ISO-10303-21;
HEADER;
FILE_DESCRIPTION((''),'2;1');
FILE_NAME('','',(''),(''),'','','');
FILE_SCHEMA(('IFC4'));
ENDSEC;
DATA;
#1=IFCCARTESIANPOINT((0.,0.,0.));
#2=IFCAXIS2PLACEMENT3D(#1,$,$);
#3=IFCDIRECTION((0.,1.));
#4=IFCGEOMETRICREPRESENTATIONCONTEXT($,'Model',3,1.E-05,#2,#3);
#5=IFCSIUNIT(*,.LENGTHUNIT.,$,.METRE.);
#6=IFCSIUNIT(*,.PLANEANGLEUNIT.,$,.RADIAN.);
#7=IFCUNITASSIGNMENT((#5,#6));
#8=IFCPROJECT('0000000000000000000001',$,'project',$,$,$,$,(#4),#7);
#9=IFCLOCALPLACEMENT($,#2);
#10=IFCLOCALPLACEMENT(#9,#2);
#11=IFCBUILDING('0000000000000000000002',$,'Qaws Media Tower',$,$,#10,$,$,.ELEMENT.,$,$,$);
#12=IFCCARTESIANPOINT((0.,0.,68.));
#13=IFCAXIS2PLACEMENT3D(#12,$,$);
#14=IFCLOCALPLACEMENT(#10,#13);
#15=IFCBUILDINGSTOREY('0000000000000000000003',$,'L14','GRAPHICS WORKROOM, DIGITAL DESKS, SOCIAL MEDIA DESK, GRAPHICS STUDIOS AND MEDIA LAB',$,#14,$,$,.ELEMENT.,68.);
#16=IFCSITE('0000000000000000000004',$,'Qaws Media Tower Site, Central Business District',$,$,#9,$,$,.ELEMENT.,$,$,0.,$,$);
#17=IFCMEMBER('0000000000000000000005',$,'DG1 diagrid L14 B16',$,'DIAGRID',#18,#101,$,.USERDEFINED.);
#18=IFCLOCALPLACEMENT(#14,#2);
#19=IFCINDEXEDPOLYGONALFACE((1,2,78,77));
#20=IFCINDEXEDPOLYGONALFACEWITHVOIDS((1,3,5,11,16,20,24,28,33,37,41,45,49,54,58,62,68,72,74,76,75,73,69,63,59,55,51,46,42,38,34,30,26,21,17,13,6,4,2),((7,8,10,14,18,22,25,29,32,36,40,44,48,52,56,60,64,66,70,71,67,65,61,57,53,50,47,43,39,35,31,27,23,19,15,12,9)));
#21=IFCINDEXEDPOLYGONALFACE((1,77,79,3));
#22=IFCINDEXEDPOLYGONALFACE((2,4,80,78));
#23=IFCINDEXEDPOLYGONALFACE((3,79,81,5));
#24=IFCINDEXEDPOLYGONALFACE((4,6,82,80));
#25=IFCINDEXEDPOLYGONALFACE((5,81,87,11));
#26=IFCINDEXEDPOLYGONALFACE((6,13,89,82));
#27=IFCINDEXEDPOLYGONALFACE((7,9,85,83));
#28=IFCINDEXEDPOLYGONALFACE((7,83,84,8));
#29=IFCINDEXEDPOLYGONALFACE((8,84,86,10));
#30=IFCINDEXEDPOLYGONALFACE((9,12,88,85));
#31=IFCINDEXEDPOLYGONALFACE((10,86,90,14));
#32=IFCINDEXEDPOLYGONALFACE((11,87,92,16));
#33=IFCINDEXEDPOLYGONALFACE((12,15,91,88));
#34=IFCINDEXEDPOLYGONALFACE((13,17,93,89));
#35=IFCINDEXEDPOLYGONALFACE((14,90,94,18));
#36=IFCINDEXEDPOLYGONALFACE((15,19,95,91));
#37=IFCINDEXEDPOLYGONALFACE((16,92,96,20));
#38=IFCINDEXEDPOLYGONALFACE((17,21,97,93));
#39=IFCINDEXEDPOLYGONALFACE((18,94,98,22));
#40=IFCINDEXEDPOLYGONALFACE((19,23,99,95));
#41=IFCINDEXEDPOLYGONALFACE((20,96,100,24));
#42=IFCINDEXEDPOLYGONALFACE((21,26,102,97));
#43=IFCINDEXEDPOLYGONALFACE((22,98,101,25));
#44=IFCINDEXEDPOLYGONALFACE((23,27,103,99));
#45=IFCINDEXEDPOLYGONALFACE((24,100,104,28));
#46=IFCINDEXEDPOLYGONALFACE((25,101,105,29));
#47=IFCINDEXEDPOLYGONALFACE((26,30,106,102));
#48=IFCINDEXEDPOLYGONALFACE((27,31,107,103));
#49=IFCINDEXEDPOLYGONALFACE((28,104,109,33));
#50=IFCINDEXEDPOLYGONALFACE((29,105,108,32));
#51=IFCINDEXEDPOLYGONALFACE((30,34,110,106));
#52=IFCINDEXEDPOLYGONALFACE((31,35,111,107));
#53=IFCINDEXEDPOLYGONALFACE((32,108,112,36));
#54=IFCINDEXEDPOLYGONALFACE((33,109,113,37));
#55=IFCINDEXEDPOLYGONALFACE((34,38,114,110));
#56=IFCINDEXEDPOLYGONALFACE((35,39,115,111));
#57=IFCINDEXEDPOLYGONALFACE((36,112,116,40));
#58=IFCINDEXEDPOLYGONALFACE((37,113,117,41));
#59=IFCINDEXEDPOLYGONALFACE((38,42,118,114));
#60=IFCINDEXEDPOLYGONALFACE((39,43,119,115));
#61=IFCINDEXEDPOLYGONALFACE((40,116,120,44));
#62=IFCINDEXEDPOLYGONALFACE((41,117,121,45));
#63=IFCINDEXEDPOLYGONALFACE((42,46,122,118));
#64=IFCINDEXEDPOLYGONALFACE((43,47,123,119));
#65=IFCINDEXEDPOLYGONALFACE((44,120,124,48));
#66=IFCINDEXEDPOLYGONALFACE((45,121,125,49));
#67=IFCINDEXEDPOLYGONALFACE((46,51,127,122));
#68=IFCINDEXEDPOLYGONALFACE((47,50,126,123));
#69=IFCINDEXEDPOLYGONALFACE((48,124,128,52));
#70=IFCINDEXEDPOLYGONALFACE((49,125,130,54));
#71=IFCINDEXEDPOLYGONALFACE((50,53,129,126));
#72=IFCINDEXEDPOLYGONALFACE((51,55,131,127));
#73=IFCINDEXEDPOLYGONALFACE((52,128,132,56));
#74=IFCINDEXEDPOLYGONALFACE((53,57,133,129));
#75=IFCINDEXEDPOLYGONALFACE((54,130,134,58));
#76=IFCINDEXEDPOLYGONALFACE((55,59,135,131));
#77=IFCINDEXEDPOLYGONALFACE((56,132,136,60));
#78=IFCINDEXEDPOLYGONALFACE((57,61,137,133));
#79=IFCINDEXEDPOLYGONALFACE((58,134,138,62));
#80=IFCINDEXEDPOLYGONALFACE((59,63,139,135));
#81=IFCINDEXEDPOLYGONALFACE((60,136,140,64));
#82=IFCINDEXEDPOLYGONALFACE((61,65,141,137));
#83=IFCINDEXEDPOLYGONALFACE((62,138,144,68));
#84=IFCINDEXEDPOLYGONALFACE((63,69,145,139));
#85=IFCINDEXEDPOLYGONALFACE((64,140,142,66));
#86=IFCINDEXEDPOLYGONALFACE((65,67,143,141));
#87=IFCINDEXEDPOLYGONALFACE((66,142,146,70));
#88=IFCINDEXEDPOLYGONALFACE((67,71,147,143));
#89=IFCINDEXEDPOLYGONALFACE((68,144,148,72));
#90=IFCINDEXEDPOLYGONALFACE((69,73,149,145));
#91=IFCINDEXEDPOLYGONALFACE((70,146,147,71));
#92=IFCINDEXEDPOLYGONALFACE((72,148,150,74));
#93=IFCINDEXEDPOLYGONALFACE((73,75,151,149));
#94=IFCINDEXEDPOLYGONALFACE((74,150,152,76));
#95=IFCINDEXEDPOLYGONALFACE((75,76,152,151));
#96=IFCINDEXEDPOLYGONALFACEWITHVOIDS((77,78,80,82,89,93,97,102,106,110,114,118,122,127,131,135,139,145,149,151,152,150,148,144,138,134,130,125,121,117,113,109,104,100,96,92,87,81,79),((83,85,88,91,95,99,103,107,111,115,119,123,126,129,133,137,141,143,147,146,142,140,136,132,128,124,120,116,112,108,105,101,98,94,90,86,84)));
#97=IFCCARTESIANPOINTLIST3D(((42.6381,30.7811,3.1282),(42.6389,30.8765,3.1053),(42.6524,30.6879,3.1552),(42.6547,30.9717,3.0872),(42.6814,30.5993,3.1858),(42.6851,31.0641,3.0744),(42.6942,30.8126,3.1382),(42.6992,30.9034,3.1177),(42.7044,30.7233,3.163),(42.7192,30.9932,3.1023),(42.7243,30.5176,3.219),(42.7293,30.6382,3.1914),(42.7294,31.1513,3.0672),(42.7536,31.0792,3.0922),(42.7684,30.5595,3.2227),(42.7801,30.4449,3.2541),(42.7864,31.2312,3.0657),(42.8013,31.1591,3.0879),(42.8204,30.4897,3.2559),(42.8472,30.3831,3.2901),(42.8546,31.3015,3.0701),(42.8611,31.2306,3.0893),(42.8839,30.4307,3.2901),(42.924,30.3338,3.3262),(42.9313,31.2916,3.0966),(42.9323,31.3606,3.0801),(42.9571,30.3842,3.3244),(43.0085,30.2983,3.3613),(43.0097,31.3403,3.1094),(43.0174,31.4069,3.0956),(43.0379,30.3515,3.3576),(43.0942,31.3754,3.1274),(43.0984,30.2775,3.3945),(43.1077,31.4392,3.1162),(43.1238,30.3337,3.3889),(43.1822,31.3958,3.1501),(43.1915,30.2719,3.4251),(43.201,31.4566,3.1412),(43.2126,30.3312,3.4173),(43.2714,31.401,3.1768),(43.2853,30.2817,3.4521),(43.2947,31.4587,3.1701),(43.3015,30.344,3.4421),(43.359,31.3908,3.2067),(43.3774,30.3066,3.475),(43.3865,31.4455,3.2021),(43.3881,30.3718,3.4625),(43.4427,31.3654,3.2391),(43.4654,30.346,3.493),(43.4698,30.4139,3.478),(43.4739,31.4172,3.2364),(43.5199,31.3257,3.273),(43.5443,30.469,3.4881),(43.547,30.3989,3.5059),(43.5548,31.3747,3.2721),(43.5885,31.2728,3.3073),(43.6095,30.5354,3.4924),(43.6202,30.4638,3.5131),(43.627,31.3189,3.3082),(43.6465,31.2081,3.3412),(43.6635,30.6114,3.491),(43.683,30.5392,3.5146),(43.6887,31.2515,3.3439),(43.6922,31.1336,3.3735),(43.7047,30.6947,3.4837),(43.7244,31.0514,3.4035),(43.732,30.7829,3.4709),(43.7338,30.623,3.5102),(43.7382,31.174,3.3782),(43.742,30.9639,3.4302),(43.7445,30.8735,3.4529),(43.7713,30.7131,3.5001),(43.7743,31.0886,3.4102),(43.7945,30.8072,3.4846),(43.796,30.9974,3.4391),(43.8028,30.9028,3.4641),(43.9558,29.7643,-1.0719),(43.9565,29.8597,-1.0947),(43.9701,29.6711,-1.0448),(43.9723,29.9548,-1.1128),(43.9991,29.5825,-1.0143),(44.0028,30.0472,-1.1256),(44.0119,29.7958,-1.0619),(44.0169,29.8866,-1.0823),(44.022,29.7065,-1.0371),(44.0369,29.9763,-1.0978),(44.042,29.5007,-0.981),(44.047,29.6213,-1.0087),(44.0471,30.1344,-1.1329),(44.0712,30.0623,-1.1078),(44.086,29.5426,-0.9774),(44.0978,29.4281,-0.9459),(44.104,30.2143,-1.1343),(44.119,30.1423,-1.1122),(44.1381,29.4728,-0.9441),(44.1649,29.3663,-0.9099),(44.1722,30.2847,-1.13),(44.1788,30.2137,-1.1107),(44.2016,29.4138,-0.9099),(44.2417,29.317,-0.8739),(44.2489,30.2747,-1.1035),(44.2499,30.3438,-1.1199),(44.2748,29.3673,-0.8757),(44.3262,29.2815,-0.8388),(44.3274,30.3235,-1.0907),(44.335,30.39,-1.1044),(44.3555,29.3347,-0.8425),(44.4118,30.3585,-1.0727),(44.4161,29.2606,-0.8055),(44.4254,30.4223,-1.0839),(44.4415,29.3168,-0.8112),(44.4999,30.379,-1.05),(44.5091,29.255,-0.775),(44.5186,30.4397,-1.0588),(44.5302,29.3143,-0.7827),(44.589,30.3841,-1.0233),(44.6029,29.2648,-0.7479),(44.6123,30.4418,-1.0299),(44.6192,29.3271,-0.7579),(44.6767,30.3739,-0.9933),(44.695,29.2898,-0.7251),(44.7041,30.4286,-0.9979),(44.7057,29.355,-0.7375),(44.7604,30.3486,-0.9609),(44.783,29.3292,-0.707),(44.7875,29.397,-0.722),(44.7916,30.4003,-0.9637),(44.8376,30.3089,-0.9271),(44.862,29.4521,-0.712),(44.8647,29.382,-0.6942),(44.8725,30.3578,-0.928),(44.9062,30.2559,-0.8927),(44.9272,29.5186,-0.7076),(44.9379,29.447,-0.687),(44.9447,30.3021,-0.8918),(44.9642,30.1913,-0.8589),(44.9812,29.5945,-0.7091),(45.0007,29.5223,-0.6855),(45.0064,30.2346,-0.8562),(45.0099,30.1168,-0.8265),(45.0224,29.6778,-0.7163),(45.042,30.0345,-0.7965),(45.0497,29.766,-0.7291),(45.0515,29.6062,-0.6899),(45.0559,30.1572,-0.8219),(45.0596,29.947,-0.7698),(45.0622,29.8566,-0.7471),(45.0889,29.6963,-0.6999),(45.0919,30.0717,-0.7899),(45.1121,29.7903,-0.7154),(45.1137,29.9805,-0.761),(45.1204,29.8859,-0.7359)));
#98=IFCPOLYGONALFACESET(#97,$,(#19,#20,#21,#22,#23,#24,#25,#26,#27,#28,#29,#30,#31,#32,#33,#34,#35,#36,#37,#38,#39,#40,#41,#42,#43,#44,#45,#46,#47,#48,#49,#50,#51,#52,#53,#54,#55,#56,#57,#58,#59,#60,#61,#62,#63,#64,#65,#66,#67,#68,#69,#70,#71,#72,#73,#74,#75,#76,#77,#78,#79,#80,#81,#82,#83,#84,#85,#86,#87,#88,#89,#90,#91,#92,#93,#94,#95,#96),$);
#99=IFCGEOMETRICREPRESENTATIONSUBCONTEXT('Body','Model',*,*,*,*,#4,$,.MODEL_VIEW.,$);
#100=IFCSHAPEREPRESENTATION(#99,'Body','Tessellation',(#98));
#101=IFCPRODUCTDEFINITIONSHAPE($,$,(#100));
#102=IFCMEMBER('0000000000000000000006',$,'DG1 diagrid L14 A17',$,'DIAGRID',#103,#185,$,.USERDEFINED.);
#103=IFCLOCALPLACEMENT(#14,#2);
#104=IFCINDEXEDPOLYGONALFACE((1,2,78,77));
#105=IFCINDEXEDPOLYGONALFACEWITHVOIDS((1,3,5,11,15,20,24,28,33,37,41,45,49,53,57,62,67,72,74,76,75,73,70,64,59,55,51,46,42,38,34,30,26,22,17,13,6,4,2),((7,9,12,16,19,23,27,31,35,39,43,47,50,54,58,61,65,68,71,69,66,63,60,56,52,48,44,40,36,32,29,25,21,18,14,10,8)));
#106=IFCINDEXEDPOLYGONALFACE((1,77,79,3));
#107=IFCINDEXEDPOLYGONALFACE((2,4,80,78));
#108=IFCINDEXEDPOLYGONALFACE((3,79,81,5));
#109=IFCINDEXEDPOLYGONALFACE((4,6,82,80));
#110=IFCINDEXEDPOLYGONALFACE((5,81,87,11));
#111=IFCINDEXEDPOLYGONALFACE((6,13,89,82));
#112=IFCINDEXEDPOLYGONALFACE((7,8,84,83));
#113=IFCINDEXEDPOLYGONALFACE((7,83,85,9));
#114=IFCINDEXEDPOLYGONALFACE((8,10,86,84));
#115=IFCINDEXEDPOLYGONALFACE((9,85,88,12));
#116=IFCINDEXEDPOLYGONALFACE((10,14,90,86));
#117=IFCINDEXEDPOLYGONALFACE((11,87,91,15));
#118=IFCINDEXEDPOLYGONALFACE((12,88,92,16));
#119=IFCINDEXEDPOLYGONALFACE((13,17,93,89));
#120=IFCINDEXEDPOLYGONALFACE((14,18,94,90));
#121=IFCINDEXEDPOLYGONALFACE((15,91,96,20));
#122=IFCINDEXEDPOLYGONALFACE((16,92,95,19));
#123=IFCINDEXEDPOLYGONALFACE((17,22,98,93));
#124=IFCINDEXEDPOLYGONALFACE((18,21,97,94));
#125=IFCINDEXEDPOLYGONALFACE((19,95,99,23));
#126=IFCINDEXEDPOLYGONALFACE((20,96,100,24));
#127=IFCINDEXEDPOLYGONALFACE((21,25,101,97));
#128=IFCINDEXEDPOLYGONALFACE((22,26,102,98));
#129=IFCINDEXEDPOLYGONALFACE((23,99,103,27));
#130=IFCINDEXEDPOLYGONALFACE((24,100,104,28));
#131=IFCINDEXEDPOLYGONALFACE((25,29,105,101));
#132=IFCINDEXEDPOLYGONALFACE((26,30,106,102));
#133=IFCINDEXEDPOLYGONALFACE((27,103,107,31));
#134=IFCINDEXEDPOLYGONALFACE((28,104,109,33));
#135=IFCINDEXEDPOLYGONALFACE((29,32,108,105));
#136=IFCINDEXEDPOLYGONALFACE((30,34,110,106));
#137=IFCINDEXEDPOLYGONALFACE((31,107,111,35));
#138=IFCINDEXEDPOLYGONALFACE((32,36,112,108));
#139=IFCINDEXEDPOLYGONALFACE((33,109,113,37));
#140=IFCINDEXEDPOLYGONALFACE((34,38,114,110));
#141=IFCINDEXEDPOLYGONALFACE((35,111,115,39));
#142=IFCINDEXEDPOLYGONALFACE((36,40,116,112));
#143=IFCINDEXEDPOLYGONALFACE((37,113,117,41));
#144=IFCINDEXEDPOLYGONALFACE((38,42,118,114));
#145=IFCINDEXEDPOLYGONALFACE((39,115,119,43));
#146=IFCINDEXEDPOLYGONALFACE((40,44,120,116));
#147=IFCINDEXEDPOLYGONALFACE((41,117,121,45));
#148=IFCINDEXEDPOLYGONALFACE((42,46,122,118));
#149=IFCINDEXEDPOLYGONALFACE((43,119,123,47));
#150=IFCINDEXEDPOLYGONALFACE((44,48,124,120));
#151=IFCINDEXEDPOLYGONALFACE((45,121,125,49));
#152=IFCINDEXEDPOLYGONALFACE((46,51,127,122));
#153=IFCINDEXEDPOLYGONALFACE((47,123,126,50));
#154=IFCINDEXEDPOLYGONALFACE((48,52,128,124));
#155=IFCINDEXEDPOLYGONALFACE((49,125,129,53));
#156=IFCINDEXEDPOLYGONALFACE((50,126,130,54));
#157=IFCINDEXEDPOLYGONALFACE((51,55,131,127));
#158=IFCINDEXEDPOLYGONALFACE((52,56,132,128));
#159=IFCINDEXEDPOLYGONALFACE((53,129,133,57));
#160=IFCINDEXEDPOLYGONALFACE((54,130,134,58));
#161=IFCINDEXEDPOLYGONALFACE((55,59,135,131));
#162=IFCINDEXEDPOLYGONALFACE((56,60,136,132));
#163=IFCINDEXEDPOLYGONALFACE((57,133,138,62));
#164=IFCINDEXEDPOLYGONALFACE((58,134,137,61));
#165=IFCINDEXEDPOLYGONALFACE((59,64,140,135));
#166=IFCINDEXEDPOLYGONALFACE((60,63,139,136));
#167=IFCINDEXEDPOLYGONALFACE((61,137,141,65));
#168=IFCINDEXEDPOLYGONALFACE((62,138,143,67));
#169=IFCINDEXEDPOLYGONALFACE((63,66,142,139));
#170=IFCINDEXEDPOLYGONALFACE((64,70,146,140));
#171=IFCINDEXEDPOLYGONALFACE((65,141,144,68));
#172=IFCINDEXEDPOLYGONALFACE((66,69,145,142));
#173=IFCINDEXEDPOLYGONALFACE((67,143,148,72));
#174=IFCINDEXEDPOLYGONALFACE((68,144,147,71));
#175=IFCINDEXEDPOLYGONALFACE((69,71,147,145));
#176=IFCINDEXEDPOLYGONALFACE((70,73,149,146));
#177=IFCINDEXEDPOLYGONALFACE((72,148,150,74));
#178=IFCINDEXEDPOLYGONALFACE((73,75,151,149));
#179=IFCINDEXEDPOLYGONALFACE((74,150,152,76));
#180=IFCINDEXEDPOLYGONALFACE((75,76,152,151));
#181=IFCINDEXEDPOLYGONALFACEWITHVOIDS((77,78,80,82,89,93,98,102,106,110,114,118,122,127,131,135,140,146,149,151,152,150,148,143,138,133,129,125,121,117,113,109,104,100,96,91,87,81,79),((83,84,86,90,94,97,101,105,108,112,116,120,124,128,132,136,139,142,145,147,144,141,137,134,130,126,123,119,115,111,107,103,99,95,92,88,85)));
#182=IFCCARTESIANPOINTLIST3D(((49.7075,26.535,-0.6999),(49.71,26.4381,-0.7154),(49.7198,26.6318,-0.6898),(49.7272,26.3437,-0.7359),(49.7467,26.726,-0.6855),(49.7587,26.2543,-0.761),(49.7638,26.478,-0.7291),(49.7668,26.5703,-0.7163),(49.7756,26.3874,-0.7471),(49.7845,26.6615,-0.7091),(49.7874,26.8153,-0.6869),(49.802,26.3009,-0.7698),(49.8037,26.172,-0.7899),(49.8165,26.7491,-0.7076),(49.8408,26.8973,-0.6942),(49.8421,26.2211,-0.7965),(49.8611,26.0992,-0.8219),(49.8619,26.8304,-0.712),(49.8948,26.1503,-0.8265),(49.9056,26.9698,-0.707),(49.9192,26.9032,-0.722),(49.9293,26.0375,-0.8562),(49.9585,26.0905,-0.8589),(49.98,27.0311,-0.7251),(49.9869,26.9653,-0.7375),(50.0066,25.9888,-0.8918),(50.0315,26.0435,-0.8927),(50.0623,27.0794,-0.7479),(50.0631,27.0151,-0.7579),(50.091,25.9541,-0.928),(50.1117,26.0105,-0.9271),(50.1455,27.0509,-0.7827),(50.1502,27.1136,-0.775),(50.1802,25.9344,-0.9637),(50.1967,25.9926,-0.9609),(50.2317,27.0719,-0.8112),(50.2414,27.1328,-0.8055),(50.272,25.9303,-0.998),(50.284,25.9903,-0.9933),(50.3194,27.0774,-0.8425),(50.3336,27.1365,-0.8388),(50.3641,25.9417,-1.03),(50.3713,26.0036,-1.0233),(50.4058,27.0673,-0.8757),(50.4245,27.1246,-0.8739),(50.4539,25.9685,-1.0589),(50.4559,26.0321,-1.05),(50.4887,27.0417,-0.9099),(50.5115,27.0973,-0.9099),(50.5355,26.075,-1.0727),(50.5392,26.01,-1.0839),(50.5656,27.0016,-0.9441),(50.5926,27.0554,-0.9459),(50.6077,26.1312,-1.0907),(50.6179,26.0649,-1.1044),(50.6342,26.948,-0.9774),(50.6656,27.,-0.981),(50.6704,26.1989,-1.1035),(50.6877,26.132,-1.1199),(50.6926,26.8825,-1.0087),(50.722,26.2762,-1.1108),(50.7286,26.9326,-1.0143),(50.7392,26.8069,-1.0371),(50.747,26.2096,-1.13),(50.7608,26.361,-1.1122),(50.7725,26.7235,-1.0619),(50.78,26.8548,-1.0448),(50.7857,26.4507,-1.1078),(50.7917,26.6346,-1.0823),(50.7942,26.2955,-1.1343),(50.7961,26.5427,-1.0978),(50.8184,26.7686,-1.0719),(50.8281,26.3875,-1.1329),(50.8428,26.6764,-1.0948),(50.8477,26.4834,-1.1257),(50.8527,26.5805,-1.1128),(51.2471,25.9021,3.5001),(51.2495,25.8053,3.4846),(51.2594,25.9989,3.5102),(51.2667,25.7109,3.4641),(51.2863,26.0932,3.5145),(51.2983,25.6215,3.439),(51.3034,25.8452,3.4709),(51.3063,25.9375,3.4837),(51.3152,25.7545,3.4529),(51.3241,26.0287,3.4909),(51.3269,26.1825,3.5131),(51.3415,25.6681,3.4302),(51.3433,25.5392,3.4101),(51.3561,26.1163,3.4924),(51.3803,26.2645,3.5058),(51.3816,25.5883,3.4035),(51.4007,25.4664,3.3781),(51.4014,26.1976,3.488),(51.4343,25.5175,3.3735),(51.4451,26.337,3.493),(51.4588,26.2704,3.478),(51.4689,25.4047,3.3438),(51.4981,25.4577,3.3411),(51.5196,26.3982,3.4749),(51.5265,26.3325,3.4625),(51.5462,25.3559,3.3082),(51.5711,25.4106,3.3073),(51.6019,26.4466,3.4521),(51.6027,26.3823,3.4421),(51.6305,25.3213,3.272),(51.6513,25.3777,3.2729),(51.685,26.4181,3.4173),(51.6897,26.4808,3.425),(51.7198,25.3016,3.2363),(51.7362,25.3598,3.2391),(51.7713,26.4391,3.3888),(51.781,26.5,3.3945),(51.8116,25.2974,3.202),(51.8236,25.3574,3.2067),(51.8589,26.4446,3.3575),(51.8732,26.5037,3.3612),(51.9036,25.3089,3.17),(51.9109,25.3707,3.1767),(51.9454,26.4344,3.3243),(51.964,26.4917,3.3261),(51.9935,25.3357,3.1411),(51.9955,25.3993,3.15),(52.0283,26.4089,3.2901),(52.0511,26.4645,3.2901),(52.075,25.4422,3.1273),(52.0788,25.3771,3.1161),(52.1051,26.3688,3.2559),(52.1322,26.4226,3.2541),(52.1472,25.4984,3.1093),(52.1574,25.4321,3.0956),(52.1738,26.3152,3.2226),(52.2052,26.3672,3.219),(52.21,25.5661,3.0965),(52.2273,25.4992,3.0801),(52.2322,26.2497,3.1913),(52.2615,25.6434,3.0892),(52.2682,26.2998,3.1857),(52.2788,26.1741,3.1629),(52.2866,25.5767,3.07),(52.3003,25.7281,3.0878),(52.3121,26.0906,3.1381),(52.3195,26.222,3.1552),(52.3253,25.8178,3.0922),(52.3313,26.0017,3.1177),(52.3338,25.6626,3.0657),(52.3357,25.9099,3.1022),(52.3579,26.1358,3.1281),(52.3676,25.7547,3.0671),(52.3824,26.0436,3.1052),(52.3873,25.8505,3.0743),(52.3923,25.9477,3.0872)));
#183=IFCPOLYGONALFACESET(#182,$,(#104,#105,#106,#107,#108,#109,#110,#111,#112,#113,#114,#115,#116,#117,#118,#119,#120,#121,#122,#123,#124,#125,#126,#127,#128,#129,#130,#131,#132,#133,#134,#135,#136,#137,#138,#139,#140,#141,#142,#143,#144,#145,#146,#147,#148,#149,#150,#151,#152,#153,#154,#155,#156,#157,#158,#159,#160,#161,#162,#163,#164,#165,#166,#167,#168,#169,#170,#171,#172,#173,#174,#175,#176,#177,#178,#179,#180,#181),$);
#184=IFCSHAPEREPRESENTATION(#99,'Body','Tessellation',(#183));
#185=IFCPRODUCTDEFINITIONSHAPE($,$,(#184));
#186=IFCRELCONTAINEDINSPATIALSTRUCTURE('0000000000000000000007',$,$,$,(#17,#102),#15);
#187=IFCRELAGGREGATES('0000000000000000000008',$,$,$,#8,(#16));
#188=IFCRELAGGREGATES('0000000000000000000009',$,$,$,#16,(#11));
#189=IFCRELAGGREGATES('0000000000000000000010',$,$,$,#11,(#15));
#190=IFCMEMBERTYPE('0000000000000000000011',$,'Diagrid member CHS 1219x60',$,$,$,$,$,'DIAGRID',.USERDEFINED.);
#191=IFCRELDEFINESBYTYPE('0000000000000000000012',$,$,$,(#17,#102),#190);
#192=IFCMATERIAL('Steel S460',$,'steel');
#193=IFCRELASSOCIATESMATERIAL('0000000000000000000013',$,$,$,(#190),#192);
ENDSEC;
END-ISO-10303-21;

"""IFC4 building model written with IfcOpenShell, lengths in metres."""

from ifc_helpers import new_model, si_unit, direction, frame, origin, origin_2d, place, context, subcontext, project, spatial, hollow_circle, extrude, material, material_profile, profile_set, type_object, element, save


model = new_model("IFC4")

# Units and contexts
model_context = context("Model", 3, precision=1e-05, world=origin(), true_north=direction((0.0, 1.0)))
body_context = subcontext(model_context, "Body", "Model", "MODEL_VIEW")
ifc_project = project(units=[si_unit("LENGTHUNIT", "METRE"), si_unit("PLANEANGLEUNIT", "RADIAN")], contexts=[model_context])

# Site, building, storey
site_placement = place(None, origin())
site = spatial("IfcSite", under=ifc_project, at=site_placement, Name="Qaws Media Tower Site, Central Business District", CompositionType="ELEMENT", RefElevation=0.0)
building_placement = place(site_placement, origin())
building = spatial("IfcBuilding", under=site, at=building_placement, Name="Qaws Media Tower", CompositionType="ELEMENT")
storey_placement = place(building_placement, frame((0.0, 0.0, 68.0)))
storey = spatial("IfcBuildingStorey", under=building, at=storey_placement, Name="L14", Description="GRAPHICS WORKROOM, DIGITAL DESKS, SOCIAL MEDIA DESK, GRAPHICS STUDIOS AND MEDIA LAB", CompositionType="ELEMENT", Elevation=68.0)

# Members
ifc_material_1 = material(Name="Steel S460", Category="steel")
ifc_material_profile_1 = material_profile(ifc_material_1, hollow_circle(Radius=0.6096, WallThickness=0.0601, at=origin_2d()), Name="CHS 1219x60")
ifc_profile_set_1 = profile_set([ifc_material_profile_1], Name="Steel S460")
member_type_1 = type_object("IfcMemberType", Name="Diagrid member CHS 1219x60", ElementType="DIAGRID", PredefinedType="USERDEFINED", material=ifc_profile_set_1)
for number, where, z_axis, x_axis, name in (
    (1, (44.5374, 29.8489, -0.9099), (-0.291658, 0.22508, 0.929664), (-0.610951, -0.791669, 0.0), "DG1 diagrid L14 B16"),
    (2, (50.2798, 26.5334, -0.9099), (0.340777, -0.140072, 0.929651), (0.380174, 0.924915, 0.0), "DG1 diagrid L14 A17"),
):
    element("IfcMember", number, at=place(storey_placement, frame(where, z_axis=z_axis, x_axis=x_axis)), inside=storey, type_object=member_type_1, Name=name, ObjectType="DIAGRID", PredefinedType="USERDEFINED", context=body_context, shape_type="SweptSolid", body=[
        extrude(hollow_circle(Radius=0.6096, WallThickness=0.0601, at=origin_2d()), origin(), (0.0, 0.0, 1.0), 4.5178),
    ])

save(model, "model.ifc")
